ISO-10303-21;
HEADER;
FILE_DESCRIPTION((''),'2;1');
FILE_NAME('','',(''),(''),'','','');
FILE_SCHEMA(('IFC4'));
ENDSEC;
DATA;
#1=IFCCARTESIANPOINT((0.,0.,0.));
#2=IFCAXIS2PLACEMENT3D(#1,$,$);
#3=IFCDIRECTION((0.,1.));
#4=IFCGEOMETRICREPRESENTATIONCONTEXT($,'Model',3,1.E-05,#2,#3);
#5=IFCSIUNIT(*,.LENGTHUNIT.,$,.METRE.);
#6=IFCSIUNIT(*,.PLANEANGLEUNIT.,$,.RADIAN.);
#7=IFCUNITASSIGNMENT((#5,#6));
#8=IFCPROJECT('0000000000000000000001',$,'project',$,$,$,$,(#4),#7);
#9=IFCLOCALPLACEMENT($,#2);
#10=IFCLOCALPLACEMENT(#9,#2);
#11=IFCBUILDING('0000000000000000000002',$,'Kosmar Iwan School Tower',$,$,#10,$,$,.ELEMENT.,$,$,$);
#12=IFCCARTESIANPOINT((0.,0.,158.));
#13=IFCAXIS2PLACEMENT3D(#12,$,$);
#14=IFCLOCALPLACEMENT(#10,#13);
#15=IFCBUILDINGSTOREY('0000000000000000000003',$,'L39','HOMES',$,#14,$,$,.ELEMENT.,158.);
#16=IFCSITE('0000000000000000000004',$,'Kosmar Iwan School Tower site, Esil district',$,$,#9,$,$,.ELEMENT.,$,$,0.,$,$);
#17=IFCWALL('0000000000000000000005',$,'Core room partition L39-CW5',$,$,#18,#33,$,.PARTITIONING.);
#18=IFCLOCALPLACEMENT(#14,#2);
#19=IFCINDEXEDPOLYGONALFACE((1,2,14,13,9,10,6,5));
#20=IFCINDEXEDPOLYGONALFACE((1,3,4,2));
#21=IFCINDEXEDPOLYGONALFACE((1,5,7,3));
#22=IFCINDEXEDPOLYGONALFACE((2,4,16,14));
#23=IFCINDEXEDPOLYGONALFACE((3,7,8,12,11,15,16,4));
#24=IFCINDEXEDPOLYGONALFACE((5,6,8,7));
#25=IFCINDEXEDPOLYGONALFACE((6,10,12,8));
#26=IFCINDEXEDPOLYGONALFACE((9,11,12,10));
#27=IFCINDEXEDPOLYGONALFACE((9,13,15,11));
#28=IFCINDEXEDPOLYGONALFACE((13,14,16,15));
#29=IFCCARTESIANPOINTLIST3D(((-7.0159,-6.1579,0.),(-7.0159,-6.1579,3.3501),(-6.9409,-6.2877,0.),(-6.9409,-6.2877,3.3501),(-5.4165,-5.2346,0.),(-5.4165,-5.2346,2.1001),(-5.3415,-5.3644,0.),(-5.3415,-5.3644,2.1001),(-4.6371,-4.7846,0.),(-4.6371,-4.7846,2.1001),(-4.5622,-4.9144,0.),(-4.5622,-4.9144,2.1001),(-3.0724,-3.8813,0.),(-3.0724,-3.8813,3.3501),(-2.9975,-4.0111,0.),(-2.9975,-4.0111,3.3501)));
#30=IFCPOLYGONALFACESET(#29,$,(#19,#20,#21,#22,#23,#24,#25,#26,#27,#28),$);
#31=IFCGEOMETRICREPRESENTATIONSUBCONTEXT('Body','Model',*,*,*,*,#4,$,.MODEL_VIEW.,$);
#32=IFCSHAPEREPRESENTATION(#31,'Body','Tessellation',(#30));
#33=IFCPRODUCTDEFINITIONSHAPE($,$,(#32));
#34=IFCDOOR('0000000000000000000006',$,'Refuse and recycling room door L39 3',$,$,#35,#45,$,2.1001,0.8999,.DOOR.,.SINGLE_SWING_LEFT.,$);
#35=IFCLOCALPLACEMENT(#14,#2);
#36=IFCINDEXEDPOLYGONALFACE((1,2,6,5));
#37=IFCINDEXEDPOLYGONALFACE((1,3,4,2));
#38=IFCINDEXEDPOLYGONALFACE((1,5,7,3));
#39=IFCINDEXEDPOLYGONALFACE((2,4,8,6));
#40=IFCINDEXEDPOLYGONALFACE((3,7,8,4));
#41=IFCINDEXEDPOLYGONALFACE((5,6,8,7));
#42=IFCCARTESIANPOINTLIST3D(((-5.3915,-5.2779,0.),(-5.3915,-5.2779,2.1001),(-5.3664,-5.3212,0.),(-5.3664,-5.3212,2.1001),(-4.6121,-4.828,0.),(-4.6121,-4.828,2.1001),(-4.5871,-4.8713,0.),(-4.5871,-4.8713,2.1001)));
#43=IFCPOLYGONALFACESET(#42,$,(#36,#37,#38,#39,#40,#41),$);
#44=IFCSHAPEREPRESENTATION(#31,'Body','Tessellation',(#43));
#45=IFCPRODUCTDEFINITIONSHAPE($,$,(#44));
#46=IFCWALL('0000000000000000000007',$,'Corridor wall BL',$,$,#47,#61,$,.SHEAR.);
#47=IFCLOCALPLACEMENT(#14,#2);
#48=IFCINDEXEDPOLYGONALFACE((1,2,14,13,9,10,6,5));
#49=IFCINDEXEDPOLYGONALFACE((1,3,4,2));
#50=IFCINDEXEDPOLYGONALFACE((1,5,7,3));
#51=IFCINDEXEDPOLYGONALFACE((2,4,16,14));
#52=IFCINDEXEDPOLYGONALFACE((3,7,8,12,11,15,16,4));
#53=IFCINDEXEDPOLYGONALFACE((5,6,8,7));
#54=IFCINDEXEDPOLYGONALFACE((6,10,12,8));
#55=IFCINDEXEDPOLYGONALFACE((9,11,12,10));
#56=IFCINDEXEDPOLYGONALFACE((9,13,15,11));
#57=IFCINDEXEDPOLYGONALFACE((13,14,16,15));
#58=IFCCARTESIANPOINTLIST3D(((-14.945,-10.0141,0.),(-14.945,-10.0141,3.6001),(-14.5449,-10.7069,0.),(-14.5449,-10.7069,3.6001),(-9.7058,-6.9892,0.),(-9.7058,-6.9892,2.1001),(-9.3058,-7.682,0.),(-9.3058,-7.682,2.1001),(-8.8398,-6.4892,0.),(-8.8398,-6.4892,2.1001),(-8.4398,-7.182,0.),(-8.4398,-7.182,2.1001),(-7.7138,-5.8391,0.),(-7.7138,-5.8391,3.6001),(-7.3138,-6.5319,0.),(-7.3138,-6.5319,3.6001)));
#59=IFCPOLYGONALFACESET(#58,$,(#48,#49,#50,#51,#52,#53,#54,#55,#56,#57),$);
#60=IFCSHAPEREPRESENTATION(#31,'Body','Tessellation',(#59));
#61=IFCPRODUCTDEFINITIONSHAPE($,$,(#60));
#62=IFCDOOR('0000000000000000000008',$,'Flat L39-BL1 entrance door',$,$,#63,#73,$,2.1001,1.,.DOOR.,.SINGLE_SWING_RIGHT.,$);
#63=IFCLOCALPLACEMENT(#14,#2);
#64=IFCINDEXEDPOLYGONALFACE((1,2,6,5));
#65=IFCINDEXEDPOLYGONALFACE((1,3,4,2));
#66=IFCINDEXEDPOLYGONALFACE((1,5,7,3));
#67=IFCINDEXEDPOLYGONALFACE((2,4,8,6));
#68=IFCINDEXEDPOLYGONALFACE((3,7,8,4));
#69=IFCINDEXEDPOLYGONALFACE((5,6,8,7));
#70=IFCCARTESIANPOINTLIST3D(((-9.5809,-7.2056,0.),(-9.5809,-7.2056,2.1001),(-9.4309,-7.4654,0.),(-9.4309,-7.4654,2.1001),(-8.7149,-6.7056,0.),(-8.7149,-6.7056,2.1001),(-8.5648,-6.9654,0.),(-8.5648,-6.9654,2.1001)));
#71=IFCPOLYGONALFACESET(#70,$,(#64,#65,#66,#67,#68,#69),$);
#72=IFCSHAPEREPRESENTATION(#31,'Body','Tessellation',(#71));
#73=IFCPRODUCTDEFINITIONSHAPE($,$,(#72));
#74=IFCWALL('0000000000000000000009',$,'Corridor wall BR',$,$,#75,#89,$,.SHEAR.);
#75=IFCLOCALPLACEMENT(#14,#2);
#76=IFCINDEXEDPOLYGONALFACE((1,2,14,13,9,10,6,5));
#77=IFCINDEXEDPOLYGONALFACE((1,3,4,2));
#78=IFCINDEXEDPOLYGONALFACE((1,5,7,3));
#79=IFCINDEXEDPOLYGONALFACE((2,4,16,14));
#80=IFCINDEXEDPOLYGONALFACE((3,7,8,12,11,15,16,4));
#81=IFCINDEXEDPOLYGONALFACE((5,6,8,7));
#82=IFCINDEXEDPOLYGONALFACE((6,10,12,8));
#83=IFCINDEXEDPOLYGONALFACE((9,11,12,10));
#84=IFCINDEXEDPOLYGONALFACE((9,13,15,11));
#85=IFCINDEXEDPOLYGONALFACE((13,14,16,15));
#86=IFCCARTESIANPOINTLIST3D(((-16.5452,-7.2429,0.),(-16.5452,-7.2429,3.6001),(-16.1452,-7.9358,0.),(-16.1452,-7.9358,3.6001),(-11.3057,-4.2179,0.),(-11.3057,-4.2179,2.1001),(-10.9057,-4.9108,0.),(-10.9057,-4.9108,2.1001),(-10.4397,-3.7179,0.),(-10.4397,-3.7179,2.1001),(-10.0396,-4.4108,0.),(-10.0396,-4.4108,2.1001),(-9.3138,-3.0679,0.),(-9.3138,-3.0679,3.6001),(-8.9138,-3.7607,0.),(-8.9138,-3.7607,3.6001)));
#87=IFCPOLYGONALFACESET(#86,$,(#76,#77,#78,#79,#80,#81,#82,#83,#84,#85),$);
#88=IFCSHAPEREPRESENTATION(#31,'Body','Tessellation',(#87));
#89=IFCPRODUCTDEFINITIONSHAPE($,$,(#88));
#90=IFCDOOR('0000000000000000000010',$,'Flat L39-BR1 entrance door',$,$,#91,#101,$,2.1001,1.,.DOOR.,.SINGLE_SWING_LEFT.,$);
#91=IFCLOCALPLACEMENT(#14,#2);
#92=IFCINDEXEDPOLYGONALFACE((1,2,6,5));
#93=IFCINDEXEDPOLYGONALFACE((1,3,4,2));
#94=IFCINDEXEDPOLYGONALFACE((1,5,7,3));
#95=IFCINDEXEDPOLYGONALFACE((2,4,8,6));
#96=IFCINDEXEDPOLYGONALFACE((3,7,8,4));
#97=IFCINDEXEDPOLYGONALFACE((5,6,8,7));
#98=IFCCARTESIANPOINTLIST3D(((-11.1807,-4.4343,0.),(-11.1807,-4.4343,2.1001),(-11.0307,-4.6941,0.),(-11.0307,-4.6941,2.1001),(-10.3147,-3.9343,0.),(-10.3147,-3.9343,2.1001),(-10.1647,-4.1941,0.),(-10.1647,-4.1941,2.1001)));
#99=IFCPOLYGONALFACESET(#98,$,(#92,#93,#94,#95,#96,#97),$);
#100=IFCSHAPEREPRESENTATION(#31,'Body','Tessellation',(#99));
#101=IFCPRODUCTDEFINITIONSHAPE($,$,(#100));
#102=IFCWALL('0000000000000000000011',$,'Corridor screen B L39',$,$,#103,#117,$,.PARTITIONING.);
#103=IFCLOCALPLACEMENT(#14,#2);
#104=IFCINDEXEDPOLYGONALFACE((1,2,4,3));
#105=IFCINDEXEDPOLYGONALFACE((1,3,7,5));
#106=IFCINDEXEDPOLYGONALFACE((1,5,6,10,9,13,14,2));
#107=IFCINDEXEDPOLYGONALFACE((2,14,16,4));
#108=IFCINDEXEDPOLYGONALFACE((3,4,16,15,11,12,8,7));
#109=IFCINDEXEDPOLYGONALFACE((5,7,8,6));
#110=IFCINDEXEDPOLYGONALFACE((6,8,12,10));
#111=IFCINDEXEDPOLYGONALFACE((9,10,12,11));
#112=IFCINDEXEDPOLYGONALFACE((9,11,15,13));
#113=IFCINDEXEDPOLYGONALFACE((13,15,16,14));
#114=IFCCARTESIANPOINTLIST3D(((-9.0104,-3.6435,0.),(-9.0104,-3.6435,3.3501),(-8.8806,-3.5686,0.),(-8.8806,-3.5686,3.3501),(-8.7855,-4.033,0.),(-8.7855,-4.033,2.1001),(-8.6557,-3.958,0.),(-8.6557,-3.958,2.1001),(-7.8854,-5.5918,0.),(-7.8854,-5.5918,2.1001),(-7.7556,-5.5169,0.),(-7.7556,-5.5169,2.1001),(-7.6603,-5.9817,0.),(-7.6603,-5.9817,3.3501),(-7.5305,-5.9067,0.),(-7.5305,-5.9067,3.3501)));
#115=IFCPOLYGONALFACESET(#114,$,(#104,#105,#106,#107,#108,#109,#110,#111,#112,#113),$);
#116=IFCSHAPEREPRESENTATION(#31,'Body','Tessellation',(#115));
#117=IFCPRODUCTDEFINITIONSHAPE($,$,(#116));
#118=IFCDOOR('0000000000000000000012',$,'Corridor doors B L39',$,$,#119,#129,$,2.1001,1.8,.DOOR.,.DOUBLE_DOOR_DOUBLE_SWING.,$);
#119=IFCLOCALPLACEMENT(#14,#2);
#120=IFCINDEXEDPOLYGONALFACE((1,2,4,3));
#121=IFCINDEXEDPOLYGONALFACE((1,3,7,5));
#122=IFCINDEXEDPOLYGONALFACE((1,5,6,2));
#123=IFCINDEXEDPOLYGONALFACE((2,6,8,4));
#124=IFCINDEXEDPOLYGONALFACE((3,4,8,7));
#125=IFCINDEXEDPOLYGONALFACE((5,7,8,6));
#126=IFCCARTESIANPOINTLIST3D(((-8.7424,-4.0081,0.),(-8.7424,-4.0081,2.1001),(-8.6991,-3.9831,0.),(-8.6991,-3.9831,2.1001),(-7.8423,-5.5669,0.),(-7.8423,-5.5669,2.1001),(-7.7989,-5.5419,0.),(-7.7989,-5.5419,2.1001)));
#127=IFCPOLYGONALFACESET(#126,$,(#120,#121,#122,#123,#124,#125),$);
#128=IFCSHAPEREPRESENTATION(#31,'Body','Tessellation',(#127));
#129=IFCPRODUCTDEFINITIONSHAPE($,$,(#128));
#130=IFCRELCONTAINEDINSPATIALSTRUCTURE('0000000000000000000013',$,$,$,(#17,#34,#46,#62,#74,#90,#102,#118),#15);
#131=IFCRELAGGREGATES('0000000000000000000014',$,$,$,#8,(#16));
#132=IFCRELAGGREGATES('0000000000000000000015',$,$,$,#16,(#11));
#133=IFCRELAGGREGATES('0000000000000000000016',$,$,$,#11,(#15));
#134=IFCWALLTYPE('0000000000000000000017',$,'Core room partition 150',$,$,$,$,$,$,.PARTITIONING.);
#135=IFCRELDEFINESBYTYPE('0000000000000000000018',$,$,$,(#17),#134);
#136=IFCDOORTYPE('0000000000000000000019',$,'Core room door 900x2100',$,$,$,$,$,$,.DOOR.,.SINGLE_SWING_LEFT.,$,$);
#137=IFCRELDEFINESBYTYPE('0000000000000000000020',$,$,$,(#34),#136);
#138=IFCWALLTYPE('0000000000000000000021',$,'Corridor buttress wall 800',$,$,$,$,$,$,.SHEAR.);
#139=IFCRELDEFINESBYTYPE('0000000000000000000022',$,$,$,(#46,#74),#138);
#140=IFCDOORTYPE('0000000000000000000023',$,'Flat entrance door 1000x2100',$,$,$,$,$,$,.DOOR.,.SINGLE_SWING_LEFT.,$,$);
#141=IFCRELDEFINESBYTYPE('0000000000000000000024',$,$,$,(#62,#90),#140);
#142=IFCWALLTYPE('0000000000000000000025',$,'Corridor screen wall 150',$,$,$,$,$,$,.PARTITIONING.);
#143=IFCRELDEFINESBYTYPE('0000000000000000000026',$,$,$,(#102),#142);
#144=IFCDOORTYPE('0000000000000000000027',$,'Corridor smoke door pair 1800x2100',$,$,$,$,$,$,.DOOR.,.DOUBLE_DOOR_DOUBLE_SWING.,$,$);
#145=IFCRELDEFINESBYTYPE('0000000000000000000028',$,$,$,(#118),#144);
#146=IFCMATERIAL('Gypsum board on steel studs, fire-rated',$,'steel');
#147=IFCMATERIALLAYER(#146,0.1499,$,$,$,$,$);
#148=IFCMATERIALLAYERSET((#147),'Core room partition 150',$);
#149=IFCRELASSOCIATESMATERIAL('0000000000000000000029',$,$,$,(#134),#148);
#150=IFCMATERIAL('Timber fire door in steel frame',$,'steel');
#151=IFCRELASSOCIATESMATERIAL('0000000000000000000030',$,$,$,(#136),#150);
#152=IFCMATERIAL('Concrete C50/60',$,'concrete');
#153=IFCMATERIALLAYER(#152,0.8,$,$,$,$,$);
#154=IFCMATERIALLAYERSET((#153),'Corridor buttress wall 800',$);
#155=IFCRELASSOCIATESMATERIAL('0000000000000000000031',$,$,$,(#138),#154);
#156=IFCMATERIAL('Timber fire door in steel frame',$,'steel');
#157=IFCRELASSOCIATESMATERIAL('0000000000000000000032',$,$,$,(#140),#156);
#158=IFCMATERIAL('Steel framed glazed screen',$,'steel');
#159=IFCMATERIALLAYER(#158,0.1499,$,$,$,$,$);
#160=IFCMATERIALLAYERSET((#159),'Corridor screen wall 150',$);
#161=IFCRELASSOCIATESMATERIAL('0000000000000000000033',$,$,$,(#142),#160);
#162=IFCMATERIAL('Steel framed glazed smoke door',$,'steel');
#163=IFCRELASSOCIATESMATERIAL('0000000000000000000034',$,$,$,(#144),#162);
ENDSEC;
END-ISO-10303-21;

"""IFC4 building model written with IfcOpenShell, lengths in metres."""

from ifc_helpers import new_model, si_unit, direction, frame, frame_2d, origin, place, context, subcontext, project, spatial, rectangle, extrude, material, layer, layer_set, type_object, element, fill, save


model = new_model("IFC4")

# Units and contexts
model_context = context("Model", 3, precision=1e-05, world=origin(), true_north=direction((0.0, 1.0)))
body_context = subcontext(model_context, "Body", "Model", "MODEL_VIEW")
ifc_project = project(units=[si_unit("LENGTHUNIT", "METRE"), si_unit("PLANEANGLEUNIT", "RADIAN")], contexts=[model_context])

# Site, building, storey
site_placement = place(None, origin())
site = spatial("IfcSite", under=ifc_project, at=site_placement, Name="Kosmar Iwan School Tower site, Esil district", CompositionType="ELEMENT", RefElevation=0.0)
building_placement = place(site_placement, origin())
building = spatial("IfcBuilding", under=site, at=building_placement, Name="Kosmar Iwan School Tower", CompositionType="ELEMENT")
storey_placement = place(building_placement, frame((0.0, 0.0, 158.0)))
storey = spatial("IfcBuildingStorey", under=building, at=storey_placement, Name="L39", Description="HOMES", CompositionType="ELEMENT", Elevation=158.0)

# Walls, openings, doors
ifc_material_1 = material(Name="Gypsum board on steel studs, fire-rated", Category="steel")
ifc_layer_1 = layer(ifc_material_1, 0.1499)
ifc_layer_set_1 = layer_set([ifc_layer_1], Name="Core room partition 150")
wall_type_1 = type_object("IfcWallType", Name="Core room partition 150", PredefinedType="PARTITIONING", material=ifc_layer_set_1)
wall_1_placement = place(storey_placement, frame((-6.9785, -6.2229, 0.0), z_axis=(0.0, 0.0, 1.0), x_axis=(0.866034, 0.499985, 0.0)))
wall_1 = element("IfcWall", 1, at=wall_1_placement, inside=storey, type_object=wall_type_1, Name="Core room partition L39-CW5", PredefinedType="PARTITIONING", context=body_context, shape_type="SweptSolid", body=[
    extrude(rectangle(XDim=4.5535, YDim=0.1499, at=frame_2d((2.2769, 0.0))), origin(), (0.0, 0.0, 1.0), 3.3501),
])
opening_1_placement = place(wall_1_placement, frame((1.8469, 0.0, 0.0)))
opening_1 = element("IfcOpeningElement", 2, at=opening_1_placement, cuts=wall_1, PredefinedType="OPENING", context=body_context, shape_type="SweptSolid", body=[
    extrude(rectangle(XDim=0.8999, YDim=2.1001, at=frame_2d((0.45, 1.05))), frame((0.0, 0.0869, 0.0), z_axis=(0.0, -1.0, 0.0), x_axis=(1.0, 0.0, 0.0)), (0.0, 0.0, 1.0), 0.1738),
])
ifc_material_2 = material(Name="Timber fire door in steel frame", Category="steel")
door_type_1 = type_object("IfcDoorType", Name="Core room door 900x2100", OperationType="SINGLE_SWING_LEFT", PredefinedType="DOOR", material=ifc_material_2)
door_1_placement = place(opening_1_placement, origin())
door_1 = element("IfcDoor", 3, at=door_1_placement, inside=storey, type_object=door_type_1, Name="Refuse and recycling room door L39 3", OperationType="SINGLE_SWING_LEFT", OverallHeight=2.1001, OverallWidth=0.8999, PredefinedType="DOOR", context=body_context, shape_type="SweptSolid", body=[
    extrude(rectangle(XDim=0.8999, YDim=2.1001, at=frame_2d((0.45, 1.05))), frame((0.0, 0.0249, 0.0), z_axis=(0.0, -1.0, 0.0), x_axis=(1.0, 0.0, 0.0)), (0.0, 0.0, 1.0), 0.05),
])
fill(opening_1, door_1)
ifc_material_3 = material(Name="Concrete C50/60", Category="concrete")
ifc_layer_2 = layer(ifc_material_3, 0.8)
ifc_layer_set_2 = layer_set([ifc_layer_2], Name="Corridor buttress wall 800")
wall_type_2 = type_object("IfcWallType", Name="Corridor buttress wall 800", PredefinedType="SHEAR", material=ifc_layer_set_2)
wall_2_placement = place(storey_placement, frame((-7.5139, -6.1855, 0.0), z_axis=(0.0, 0.0, 1.0), x_axis=(-0.86602, -0.50001, 0.0)))
wall_2 = element("IfcWall", 4, at=wall_2_placement, inside=storey, type_object=wall_type_2, Name="Corridor wall BL", PredefinedType="SHEAR", context=body_context, shape_type="SweptSolid", body=[
    extrude(rectangle(XDim=8.3499, YDim=0.8, at=frame_2d((4.1748, 0.0))), origin(), (0.0, 0.0, 1.0), 3.6001),
])
opening_2_placement = place(wall_2_placement, frame((1.3, 0.0, 0.0)))
opening_2 = element("IfcOpeningElement", 5, at=opening_2_placement, cuts=wall_2, PredefinedType="OPENING", context=body_context, shape_type="SweptSolid", body=[
    extrude(rectangle(XDim=1.0, YDim=2.1001, at=frame_2d((0.5, 1.05))), frame((0.0, 0.4121, 0.0), z_axis=(0.0, -1.0, 0.0), x_axis=(1.0, 0.0, 0.0)), (0.0, 0.0, 1.0), 0.824),
])
ifc_material_4 = material(Name="Timber fire door in steel frame", Category="steel")
door_type_2 = type_object("IfcDoorType", Name="Flat entrance door 1000x2100", OperationType="SINGLE_SWING_LEFT", PredefinedType="DOOR", material=ifc_material_4)
door_2_placement = place(opening_2_placement, origin())
door_2 = element("IfcDoor", 6, at=door_2_placement, inside=storey, type_object=door_type_2, Name="Flat L39-BL1 entrance door", OperationType="SINGLE_SWING_RIGHT", OverallHeight=2.1001, OverallWidth=1.0, PredefinedType="DOOR", context=body_context, shape_type="SweptSolid", body=[
    extrude(rectangle(XDim=1.0, YDim=2.1001, at=frame_2d((0.5, 1.05))), frame((0.0, 0.1499, 0.0), z_axis=(0.0, -1.0, 0.0), x_axis=(1.0, 0.0, 0.0)), (0.0, 0.0, 1.0), 0.3),
])
fill(opening_2, door_2)
wall_3_placement = place(storey_placement, frame((-9.1138, -3.4143, 0.0), z_axis=(0.0, 0.0, 1.0), x_axis=(-0.866027, -0.499997, 0.0)))
wall_3 = element("IfcWall", 7, at=wall_3_placement, inside=storey, type_object=wall_type_2, Name="Corridor wall BR", PredefinedType="SHEAR", context=body_context, shape_type="SweptSolid", body=[
    extrude(rectangle(XDim=8.3501, YDim=0.8, at=frame_2d((4.175, 0.0))), origin(), (0.0, 0.0, 1.0), 3.6001),
])
opening_3_placement = place(wall_3_placement, frame((1.3, 0.0, 0.0)))
opening_3 = element("IfcOpeningElement", 8, at=opening_3_placement, cuts=wall_3, PredefinedType="OPENING", context=body_context, shape_type="SweptSolid", body=[
    extrude(rectangle(XDim=1.0, YDim=2.1001, at=frame_2d((0.5, 1.05))), frame((0.0, 0.4121, 0.0), z_axis=(0.0, -1.0, 0.0), x_axis=(1.0, 0.0, 0.0)), (0.0, 0.0, 1.0), 0.824),
])
door_3_placement = place(opening_3_placement, origin())
door_3 = element("IfcDoor", 9, at=door_3_placement, inside=storey, type_object=door_type_2, Name="Flat L39-BR1 entrance door", OperationType="SINGLE_SWING_LEFT", OverallHeight=2.1001, OverallWidth=1.0, PredefinedType="DOOR", context=body_context, shape_type="SweptSolid", body=[
    extrude(rectangle(XDim=1.0, YDim=2.1001, at=frame_2d((0.5, 1.05))), frame((0.0, 0.1499, 0.0), z_axis=(0.0, -1.0, 0.0), x_axis=(1.0, 0.0, 0.0)), (0.0, 0.0, 1.0), 0.3),
])
fill(opening_3, door_3)
ifc_material_5 = material(Name="Steel framed glazed screen", Category="steel")
ifc_layer_3 = layer(ifc_material_5, 0.1499)
ifc_layer_set_3 = layer_set([ifc_layer_3], Name="Corridor screen wall 150")
wall_type_3 = type_object("IfcWallType", Name="Corridor screen wall 150", PredefinedType="PARTITIONING", material=ifc_layer_set_3)
wall_4_placement = place(storey_placement, frame((-8.9456, -3.606, 0.0), z_axis=(0.0, 0.0, 1.0), x_axis=(0.500049, -0.865997, 0.0)))
wall_4 = element("IfcWall", 10, at=wall_4_placement, inside=storey, type_object=wall_type_3, Name="Corridor screen B L39", PredefinedType="PARTITIONING", context=body_context, shape_type="SweptSolid", body=[
    extrude(rectangle(XDim=2.7, YDim=0.1499, at=frame_2d((1.3501, 0.0))), origin(), (0.0, 0.0, 1.0), 3.3501),
])
opening_4_placement = place(wall_4_placement, frame((0.45, 0.0, 0.0)))
opening_4 = element("IfcOpeningElement", 11, at=opening_4_placement, cuts=wall_4, PredefinedType="OPENING", context=body_context, shape_type="SweptSolid", body=[
    extrude(rectangle(XDim=1.8, YDim=2.1001, at=frame_2d((0.8999, 1.05))), frame((0.0, 0.0869, 0.0), z_axis=(0.0, -1.0, 0.0), x_axis=(1.0, 0.0, 0.0)), (0.0, 0.0, 1.0), 0.1738),
])
ifc_material_6 = material(Name="Steel framed glazed smoke door", Category="steel")
door_type_3 = type_object("IfcDoorType", Name="Corridor smoke door pair 1800x2100", OperationType="DOUBLE_DOOR_DOUBLE_SWING", PredefinedType="DOOR", material=ifc_material_6)
door_4_placement = place(opening_4_placement, origin())
door_4 = element("IfcDoor", 12, at=door_4_placement, inside=storey, type_object=door_type_3, Name="Corridor doors B L39", OperationType="DOUBLE_DOOR_DOUBLE_SWING", OverallHeight=2.1001, OverallWidth=1.8, PredefinedType="DOOR", context=body_context, shape_type="SweptSolid", body=[
    extrude(rectangle(XDim=1.8, YDim=2.1001, at=frame_2d((0.8999, 1.05))), frame((0.0, 0.0249, 0.0), z_axis=(0.0, -1.0, 0.0), x_axis=(1.0, 0.0, 0.0)), (0.0, 0.0, 1.0), 0.05),
])
fill(opening_4, door_4)

save(model, "model.ifc")
